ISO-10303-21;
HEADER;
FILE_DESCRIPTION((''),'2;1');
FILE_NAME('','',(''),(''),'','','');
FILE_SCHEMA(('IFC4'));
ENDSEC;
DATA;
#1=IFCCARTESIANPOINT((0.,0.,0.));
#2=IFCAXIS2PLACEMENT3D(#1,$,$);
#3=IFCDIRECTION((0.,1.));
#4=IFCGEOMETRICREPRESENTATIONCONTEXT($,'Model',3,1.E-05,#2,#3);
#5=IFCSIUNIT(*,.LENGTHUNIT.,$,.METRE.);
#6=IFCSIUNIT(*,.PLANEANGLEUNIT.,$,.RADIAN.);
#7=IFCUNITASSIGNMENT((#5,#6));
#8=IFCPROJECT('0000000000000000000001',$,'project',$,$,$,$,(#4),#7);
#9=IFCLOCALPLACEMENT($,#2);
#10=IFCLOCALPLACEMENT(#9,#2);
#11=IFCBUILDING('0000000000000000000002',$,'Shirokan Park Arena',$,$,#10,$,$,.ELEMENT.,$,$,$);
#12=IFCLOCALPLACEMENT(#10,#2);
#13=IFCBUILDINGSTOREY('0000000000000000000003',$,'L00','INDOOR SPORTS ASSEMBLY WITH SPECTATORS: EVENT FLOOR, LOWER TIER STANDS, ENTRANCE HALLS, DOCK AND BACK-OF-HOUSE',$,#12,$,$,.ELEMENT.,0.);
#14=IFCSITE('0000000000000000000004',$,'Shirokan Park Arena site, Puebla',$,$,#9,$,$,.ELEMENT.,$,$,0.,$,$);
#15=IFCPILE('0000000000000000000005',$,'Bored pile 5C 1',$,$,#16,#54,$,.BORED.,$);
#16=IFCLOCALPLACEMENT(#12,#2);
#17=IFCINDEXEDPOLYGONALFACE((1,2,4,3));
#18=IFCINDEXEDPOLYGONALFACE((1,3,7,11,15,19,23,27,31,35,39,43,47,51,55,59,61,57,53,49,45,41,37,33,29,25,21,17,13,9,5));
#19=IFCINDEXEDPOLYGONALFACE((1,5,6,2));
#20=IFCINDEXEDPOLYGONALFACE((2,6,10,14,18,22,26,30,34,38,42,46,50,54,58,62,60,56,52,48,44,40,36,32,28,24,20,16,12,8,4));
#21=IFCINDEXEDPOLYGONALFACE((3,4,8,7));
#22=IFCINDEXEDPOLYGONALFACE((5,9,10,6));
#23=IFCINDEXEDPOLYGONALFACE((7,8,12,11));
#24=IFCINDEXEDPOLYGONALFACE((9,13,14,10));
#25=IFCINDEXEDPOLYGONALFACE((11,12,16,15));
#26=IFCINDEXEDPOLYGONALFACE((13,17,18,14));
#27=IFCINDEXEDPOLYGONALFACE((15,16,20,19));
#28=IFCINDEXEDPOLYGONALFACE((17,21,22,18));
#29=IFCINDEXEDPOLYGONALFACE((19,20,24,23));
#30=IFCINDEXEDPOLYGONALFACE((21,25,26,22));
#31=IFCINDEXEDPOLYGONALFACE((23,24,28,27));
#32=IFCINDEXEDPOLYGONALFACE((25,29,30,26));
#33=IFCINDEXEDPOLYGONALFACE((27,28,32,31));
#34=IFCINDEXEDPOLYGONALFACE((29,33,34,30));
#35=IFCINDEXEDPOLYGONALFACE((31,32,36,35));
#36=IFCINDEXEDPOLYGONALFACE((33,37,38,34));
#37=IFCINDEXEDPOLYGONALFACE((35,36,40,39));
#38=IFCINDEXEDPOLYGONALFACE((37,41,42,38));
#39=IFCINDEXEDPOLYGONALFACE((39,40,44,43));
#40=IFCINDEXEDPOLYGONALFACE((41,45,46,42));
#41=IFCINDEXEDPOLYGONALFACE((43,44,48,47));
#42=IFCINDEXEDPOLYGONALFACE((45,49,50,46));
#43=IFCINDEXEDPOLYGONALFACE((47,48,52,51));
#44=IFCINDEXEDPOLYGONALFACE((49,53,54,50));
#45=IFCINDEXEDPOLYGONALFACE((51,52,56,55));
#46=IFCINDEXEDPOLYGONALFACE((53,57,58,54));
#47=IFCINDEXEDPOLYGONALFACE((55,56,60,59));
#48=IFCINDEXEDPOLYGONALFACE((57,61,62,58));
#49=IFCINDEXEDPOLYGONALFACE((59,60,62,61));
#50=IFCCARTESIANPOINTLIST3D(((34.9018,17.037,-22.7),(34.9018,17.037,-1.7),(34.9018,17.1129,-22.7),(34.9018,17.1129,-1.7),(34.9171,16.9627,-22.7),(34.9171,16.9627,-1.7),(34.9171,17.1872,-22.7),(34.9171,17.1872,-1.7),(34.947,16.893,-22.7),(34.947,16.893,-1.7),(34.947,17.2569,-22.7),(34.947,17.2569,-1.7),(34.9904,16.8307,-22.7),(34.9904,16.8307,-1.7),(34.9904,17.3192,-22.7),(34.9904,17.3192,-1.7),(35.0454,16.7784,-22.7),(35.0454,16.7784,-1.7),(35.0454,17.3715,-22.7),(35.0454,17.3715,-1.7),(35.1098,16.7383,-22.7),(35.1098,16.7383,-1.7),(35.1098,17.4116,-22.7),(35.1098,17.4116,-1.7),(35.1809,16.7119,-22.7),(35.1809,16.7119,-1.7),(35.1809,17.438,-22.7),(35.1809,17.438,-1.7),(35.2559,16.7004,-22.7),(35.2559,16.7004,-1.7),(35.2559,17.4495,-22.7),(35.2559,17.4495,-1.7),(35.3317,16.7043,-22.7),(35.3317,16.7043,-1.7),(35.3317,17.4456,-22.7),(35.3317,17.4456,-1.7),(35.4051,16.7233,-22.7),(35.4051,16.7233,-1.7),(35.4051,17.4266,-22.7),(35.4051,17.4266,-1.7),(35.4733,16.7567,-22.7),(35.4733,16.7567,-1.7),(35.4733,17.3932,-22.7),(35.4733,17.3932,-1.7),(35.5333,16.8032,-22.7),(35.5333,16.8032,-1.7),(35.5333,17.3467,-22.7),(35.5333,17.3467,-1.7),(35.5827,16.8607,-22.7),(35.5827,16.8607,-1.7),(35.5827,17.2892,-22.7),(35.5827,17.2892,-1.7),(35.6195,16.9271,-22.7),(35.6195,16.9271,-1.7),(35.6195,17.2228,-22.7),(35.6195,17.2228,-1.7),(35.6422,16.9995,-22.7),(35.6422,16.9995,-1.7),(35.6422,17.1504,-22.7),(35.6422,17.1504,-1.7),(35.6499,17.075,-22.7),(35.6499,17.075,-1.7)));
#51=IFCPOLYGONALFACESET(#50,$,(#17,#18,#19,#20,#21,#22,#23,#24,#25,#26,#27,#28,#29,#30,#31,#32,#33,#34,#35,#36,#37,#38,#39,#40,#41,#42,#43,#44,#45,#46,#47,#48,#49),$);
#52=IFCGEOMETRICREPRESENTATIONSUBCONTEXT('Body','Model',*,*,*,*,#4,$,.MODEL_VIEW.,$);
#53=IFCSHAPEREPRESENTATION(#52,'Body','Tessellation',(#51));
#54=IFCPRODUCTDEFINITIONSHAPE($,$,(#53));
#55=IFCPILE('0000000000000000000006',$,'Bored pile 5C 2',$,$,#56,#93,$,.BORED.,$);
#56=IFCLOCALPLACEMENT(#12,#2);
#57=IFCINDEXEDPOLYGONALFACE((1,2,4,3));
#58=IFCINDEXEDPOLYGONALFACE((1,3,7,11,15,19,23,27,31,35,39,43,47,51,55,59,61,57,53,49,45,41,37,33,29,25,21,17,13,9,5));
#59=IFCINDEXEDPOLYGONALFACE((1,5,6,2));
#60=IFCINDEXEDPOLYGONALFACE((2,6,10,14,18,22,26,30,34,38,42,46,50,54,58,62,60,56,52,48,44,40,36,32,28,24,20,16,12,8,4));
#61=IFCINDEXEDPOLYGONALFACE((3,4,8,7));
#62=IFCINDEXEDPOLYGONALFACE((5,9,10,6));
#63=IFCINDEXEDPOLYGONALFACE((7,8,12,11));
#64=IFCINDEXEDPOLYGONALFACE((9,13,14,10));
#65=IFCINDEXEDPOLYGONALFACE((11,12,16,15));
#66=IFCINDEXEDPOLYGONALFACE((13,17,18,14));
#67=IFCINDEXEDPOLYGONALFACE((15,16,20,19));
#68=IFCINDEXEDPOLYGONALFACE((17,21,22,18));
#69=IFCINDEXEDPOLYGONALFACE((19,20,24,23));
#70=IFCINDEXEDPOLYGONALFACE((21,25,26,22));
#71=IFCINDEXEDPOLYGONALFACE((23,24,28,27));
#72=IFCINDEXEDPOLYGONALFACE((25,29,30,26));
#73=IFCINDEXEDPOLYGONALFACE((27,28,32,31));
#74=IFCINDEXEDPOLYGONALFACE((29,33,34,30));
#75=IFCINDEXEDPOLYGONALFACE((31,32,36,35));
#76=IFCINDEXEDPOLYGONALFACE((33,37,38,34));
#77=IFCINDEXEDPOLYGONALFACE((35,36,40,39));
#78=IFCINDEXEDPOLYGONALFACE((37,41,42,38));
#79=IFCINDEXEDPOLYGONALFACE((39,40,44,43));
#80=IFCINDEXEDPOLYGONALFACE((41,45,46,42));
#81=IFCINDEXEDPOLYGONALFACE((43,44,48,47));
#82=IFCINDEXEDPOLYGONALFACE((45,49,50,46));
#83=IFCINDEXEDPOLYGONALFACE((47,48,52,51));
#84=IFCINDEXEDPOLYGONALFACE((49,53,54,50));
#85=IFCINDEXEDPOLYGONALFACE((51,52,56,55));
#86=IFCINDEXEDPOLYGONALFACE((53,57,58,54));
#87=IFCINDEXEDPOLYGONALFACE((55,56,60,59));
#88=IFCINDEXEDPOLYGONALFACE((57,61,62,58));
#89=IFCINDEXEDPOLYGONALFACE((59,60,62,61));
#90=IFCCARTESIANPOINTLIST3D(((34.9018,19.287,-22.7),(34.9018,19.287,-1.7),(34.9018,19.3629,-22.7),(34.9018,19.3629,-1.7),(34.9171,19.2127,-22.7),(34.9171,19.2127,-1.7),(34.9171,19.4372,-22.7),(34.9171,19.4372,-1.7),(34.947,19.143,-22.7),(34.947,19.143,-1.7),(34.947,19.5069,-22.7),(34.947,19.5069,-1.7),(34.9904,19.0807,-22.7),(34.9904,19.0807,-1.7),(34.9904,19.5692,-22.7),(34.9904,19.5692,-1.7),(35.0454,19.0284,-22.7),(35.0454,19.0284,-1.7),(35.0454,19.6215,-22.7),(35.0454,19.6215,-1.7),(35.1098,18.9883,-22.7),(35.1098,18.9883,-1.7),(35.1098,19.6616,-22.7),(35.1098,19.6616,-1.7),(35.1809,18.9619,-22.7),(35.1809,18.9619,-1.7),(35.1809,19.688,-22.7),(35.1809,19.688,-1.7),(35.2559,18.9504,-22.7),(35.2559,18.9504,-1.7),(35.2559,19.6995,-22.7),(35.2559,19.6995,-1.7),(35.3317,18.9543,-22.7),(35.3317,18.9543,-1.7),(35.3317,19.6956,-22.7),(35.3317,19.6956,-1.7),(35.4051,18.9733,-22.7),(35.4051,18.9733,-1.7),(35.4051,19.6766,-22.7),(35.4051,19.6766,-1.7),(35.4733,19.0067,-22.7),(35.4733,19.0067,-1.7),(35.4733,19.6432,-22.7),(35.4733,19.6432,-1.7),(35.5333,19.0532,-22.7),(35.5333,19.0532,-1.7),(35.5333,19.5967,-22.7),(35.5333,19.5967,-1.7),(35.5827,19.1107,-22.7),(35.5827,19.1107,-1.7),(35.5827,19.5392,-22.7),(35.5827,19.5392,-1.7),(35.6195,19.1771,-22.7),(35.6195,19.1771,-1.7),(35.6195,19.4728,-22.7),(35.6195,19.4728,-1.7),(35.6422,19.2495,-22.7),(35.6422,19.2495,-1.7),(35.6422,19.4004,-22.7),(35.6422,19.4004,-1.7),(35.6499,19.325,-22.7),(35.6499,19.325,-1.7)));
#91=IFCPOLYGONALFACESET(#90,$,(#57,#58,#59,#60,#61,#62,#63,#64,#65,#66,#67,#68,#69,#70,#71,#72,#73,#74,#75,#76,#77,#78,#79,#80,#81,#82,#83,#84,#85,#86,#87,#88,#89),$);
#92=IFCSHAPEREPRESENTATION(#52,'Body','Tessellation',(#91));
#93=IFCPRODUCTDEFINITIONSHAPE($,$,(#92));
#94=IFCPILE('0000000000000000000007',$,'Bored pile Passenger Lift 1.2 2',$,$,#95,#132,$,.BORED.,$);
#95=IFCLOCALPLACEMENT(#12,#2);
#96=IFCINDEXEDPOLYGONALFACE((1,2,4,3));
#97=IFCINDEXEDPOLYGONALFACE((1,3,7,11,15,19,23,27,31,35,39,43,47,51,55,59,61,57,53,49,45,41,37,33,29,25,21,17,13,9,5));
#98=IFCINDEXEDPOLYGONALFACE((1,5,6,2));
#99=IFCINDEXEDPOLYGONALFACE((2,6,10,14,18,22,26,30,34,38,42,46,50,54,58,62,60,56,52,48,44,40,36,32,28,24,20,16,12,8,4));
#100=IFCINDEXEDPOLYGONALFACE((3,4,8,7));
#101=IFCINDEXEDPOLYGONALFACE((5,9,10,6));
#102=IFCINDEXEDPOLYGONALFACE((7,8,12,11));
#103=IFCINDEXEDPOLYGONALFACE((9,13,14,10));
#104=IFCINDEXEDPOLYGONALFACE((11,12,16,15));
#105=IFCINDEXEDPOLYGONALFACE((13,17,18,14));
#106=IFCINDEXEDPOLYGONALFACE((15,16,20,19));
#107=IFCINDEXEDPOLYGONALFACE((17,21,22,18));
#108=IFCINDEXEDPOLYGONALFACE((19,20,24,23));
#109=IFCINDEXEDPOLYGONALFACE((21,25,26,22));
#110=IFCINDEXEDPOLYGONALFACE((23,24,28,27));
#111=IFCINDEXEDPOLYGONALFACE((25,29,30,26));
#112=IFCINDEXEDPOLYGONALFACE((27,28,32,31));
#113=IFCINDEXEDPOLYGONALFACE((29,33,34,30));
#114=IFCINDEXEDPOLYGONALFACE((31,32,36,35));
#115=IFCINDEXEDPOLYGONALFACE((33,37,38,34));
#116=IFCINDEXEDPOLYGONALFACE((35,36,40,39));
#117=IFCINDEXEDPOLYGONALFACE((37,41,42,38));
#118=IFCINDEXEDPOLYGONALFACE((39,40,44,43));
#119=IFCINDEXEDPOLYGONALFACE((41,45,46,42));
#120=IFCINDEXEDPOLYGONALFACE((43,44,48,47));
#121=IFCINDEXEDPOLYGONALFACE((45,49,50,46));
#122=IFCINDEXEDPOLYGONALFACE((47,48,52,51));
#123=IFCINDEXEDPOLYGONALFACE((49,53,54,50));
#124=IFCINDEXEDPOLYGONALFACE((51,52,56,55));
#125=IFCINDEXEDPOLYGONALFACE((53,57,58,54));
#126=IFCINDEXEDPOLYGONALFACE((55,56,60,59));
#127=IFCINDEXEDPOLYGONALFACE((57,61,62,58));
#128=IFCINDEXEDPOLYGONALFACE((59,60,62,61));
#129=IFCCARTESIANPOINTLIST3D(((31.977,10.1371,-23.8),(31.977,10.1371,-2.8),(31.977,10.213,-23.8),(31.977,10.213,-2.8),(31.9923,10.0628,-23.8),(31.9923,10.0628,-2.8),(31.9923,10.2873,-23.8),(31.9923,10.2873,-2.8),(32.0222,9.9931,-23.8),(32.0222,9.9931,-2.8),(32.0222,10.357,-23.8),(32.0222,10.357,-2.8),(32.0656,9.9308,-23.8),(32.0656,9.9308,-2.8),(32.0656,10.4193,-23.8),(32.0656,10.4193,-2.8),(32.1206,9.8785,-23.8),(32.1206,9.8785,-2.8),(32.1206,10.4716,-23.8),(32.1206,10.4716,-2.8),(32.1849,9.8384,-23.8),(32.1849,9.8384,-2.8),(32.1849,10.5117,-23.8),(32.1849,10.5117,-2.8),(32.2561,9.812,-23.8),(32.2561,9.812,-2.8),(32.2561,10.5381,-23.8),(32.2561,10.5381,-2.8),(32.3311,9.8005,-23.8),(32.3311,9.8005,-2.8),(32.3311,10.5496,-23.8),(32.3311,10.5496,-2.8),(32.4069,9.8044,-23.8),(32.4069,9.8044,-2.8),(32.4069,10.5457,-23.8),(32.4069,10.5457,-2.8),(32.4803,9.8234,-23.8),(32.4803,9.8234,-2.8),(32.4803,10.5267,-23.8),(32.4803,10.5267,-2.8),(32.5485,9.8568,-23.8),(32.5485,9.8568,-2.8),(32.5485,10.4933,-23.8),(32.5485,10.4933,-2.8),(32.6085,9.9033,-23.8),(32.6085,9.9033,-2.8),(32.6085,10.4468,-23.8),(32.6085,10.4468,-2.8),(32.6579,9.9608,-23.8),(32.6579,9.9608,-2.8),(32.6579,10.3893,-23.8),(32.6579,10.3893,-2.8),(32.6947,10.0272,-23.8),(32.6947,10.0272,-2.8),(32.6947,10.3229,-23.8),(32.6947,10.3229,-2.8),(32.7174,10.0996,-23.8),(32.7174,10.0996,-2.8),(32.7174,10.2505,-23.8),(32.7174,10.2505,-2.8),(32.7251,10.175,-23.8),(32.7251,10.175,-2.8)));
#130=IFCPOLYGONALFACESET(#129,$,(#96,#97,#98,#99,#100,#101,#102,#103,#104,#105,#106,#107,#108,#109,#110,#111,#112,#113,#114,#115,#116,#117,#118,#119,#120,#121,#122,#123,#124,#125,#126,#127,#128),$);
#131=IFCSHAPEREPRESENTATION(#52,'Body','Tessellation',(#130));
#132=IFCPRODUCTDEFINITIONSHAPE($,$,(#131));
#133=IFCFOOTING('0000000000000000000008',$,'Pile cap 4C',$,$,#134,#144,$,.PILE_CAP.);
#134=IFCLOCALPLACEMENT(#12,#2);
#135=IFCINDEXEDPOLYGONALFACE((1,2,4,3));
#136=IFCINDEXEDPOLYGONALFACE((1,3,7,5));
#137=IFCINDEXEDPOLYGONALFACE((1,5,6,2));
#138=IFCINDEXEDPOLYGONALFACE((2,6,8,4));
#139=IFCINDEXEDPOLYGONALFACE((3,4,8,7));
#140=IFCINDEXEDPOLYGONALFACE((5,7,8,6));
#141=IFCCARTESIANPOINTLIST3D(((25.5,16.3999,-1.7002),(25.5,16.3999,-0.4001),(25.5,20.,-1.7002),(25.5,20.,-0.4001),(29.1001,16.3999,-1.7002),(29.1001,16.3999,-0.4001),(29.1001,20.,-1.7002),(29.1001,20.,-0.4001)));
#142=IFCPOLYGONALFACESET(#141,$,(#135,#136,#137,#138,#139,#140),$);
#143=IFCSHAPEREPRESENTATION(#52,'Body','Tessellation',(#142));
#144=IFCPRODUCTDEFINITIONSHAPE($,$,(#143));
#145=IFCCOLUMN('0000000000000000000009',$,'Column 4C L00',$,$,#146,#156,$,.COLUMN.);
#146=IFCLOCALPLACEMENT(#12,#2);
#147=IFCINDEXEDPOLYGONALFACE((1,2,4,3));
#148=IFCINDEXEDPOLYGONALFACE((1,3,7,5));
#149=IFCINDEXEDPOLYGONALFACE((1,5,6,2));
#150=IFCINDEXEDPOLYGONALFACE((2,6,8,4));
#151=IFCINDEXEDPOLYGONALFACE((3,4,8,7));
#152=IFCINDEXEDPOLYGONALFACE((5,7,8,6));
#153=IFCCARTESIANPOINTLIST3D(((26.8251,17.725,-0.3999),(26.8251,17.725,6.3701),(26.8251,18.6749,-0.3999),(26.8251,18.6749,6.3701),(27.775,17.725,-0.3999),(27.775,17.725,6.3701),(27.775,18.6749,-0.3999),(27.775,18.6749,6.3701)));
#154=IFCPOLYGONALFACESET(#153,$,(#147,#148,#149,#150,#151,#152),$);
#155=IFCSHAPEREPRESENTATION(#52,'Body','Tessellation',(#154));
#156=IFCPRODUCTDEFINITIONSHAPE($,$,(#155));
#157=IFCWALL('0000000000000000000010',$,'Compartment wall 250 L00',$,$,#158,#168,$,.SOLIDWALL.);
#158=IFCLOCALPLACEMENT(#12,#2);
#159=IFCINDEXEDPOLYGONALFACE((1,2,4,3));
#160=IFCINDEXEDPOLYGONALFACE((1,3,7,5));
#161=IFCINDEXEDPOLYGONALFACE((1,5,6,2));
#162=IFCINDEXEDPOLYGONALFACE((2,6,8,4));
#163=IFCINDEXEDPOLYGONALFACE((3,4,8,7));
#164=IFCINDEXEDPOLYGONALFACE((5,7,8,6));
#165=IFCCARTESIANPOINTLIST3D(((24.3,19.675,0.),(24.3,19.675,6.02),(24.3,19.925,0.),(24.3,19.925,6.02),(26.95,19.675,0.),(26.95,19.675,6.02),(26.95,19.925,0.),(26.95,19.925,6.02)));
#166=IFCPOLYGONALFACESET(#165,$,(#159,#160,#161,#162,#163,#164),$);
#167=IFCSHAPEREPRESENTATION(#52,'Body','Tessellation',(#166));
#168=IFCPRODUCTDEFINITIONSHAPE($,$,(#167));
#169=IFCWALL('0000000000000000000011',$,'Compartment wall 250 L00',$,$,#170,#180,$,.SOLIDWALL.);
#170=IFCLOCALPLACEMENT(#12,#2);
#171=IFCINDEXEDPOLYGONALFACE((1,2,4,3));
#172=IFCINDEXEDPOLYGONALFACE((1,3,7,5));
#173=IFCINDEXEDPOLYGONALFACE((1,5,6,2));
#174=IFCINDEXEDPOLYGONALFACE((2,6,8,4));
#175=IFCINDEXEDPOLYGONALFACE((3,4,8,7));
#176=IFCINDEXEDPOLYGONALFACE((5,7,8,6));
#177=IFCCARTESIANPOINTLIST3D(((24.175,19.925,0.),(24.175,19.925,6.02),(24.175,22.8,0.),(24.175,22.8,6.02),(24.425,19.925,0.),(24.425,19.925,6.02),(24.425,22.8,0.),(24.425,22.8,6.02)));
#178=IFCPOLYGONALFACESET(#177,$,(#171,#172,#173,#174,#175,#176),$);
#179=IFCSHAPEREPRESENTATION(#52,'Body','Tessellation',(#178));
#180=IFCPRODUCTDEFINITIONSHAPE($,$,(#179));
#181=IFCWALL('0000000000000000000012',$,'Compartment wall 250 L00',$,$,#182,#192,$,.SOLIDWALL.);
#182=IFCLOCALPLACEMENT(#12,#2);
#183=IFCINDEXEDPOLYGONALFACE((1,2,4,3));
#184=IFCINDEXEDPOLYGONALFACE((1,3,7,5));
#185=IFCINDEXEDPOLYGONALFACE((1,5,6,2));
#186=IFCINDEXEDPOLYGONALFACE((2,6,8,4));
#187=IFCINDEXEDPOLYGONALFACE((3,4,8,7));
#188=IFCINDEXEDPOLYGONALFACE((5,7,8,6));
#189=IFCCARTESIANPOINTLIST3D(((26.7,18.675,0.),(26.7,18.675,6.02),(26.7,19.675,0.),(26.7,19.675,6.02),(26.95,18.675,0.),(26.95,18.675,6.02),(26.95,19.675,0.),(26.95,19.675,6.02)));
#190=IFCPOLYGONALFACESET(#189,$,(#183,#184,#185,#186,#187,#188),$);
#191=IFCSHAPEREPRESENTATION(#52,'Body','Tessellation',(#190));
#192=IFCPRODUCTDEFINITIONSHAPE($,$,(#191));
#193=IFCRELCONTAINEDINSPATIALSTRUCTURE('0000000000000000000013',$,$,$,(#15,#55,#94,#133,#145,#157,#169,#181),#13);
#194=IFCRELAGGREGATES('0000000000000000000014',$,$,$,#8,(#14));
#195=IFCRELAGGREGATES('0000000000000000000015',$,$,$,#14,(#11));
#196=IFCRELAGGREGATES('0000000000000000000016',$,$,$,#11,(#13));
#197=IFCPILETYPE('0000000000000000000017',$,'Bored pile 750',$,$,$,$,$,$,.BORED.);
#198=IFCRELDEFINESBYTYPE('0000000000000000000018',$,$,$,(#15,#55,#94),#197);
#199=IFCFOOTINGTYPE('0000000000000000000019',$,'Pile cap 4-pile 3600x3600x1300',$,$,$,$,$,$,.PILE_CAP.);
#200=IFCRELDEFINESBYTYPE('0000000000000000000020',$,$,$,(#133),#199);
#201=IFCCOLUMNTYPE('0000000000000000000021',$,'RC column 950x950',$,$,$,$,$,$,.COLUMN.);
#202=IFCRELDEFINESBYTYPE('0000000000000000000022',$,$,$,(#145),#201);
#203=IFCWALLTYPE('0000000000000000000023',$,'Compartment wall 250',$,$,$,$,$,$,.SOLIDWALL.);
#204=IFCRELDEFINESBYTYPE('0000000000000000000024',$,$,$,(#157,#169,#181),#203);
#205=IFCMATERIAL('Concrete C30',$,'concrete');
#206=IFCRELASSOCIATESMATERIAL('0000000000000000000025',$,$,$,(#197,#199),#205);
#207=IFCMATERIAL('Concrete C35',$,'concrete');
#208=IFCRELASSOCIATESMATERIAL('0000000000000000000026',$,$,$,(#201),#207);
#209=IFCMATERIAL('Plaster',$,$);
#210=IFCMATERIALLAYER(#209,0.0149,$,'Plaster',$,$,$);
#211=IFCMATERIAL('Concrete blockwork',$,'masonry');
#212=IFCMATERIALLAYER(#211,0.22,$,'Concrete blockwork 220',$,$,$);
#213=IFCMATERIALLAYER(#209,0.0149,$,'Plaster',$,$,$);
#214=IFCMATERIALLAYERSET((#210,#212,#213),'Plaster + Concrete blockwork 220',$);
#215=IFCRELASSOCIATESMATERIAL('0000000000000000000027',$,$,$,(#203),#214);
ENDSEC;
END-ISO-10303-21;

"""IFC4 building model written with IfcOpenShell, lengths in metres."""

from ifc_helpers import new_model, si_unit, direction, frame, frame_2d, origin, origin_2d, place, context, subcontext, project, spatial, rectangle, circle, extrude, material, layer, layer_set, material_profile, profile_set, type_object, element, save


model = new_model("IFC4")

# Units and contexts
model_context = context("Model", 3, precision=1e-05, world=origin(), true_north=direction((0.0, 1.0)))
body_context = subcontext(model_context, "Body", "Model", "MODEL_VIEW")
ifc_project = project(units=[si_unit("LENGTHUNIT", "METRE"), si_unit("PLANEANGLEUNIT", "RADIAN")], contexts=[model_context])

# Site, building, storey
site_placement = place(None, origin())
site = spatial("IfcSite", under=ifc_project, at=site_placement, Name="Shirokan Park Arena site, Puebla", CompositionType="ELEMENT", RefElevation=0.0)
building_placement = place(site_placement, origin())
building = spatial("IfcBuilding", under=site, at=building_placement, Name="Shirokan Park Arena", CompositionType="ELEMENT")
storey_placement = place(building_placement, origin())
storey = spatial("IfcBuildingStorey", under=building, at=storey_placement, Name="L00", Description="INDOOR SPORTS ASSEMBLY WITH SPECTATORS: EVENT FLOOR, LOWER TIER STANDS, ENTRANCE HALLS, DOCK AND BACK-OF-HOUSE", CompositionType="ELEMENT", Elevation=0.0)

# Piles
ifc_material_1 = material(Name="Concrete C30", Category="concrete")
ifc_material_profile_1 = material_profile(ifc_material_1, circle(Radius=0.375, at=origin_2d()), Name="D750")
ifc_profile_set_1 = profile_set([ifc_material_profile_1], Name="Concrete C30")
pile_type = type_object("IfcPileType", Name="Bored pile 750", PredefinedType="BORED", material=ifc_profile_set_1)
for number, where, z_axis, x_axis, name in (
    (1, (35.2749, 17.075, -1.7), (0.0, 0.0, -1.0), (1.0, 0.0, 0.0), "Bored pile 5C 1"),
    (2, (35.2749, 19.325, -1.7), (0.0, 0.0, -1.0), (1.0, 0.0, 0.0), "Bored pile 5C 2"),
    (3, (32.3501, 10.175, -2.8), (0.0, 0.0, -1.0), (1.0, 0.0, 0.0), "Bored pile Passenger Lift 1.2 2"),
):
    element("IfcPile", number, at=place(storey_placement, frame(where, z_axis=z_axis, x_axis=x_axis)), inside=storey, type_object=pile_type, Name=name, PredefinedType="BORED", context=body_context, shape_type="SweptSolid", body=[
        extrude(circle(Radius=0.375, at=origin_2d()), origin(), (0.0, 0.0, 1.0), 21.0),
    ])

# Footing
footing_type = type_object("IfcFootingType", Name="Pile cap 4-pile 3600x3600x1300", PredefinedType="PILE_CAP", material=ifc_material_1)
footing_placement = place(storey_placement, frame((27.3, 18.2, -1.7002), z_axis=(0.0, 0.0, 1.0), x_axis=(1.0, 0.0, 0.0)))
element("IfcFooting", 4, at=footing_placement, inside=storey, type_object=footing_type, Name="Pile cap 4C", PredefinedType="PILE_CAP", context=body_context, shape_type="SweptSolid", body=[
    extrude(rectangle(XDim=3.6001, YDim=3.6001, at=origin_2d()), origin(), (0.0, 0.0, 1.0), 1.3),
])

# Column
ifc_material_2 = material(Name="Concrete C35", Category="concrete")
ifc_material_profile_2 = material_profile(ifc_material_2, rectangle(XDim=0.95, YDim=0.95, at=origin_2d()), Name="950x950")
ifc_profile_set_2 = profile_set([ifc_material_profile_2], Name="Concrete C35")
column_type = type_object("IfcColumnType", Name="RC column 950x950", PredefinedType="COLUMN", material=ifc_profile_set_2)
column_placement = place(storey_placement, frame((27.3, 18.2, -0.3999), z_axis=(0.0, 0.0, 1.0), x_axis=(1.0, 0.0, 0.0)))
element("IfcColumn", 5, at=column_placement, inside=storey, type_object=column_type, Name="Column 4C L00", PredefinedType="COLUMN", context=body_context, shape_type="SweptSolid", body=[
    extrude(rectangle(XDim=0.95, YDim=0.95, at=origin_2d()), origin(), (0.0, 0.0, 1.0), 6.77),
])

# Walls
ifc_material_3 = material(Name="Plaster")
ifc_layer_1 = layer(ifc_material_3, 0.0149, Name="Plaster")
ifc_material_4 = material(Name="Concrete blockwork", Category="masonry")
ifc_layer_2 = layer(ifc_material_4, 0.22, Name="Concrete blockwork 220")
ifc_layer_3 = layer(ifc_material_3, 0.0149, Name="Plaster")
ifc_layer_set_1 = layer_set([ifc_layer_1, ifc_layer_2, ifc_layer_3], Name="Plaster + Concrete blockwork 220")
wall_type_1 = type_object("IfcWallType", Name="Compartment wall 250", PredefinedType="SOLIDWALL", material=ifc_layer_set_1)
wall_1_placement = place(storey_placement, frame((24.3, 19.8, 0.0), z_axis=(0.0, 0.0, 1.0), x_axis=(1.0, 0.0, 0.0)))
element("IfcWall", 6, at=wall_1_placement, inside=storey, type_object=wall_type_1, Name="Compartment wall 250 L00", PredefinedType="SOLIDWALL", context=body_context, shape_type="SweptSolid", body=[
    extrude(rectangle(XDim=2.6499, YDim=0.25, at=frame_2d((1.325, 0.0))), origin(), (0.0, 0.0, 1.0), 6.02),
])
wall_2_placement = place(storey_placement, frame((24.3, 22.8, 0.0), z_axis=(0.0, 0.0, 1.0), x_axis=(0.0, -1.0, 0.0)))
element("IfcWall", 7, at=wall_2_placement, inside=storey, type_object=wall_type_1, Name="Compartment wall 250 L00", PredefinedType="SOLIDWALL", context=body_context, shape_type="SweptSolid", body=[
    extrude(rectangle(XDim=2.875, YDim=0.25, at=frame_2d((1.4375, 0.0))), origin(), (0.0, 0.0, 1.0), 6.02),
])
wall_3_placement = place(storey_placement, frame((26.825, 19.675, 0.0), z_axis=(0.0, 0.0, 1.0), x_axis=(0.0, -1.0, 0.0)))
element("IfcWall", 8, at=wall_3_placement, inside=storey, type_object=wall_type_1, Name="Compartment wall 250 L00", PredefinedType="SOLIDWALL", context=body_context, shape_type="SweptSolid", body=[
    extrude(rectangle(XDim=1.0, YDim=0.25, at=frame_2d((0.5, 0.0))), origin(), (0.0, 0.0, 1.0), 6.02),
])

save(model, "model.ifc")
